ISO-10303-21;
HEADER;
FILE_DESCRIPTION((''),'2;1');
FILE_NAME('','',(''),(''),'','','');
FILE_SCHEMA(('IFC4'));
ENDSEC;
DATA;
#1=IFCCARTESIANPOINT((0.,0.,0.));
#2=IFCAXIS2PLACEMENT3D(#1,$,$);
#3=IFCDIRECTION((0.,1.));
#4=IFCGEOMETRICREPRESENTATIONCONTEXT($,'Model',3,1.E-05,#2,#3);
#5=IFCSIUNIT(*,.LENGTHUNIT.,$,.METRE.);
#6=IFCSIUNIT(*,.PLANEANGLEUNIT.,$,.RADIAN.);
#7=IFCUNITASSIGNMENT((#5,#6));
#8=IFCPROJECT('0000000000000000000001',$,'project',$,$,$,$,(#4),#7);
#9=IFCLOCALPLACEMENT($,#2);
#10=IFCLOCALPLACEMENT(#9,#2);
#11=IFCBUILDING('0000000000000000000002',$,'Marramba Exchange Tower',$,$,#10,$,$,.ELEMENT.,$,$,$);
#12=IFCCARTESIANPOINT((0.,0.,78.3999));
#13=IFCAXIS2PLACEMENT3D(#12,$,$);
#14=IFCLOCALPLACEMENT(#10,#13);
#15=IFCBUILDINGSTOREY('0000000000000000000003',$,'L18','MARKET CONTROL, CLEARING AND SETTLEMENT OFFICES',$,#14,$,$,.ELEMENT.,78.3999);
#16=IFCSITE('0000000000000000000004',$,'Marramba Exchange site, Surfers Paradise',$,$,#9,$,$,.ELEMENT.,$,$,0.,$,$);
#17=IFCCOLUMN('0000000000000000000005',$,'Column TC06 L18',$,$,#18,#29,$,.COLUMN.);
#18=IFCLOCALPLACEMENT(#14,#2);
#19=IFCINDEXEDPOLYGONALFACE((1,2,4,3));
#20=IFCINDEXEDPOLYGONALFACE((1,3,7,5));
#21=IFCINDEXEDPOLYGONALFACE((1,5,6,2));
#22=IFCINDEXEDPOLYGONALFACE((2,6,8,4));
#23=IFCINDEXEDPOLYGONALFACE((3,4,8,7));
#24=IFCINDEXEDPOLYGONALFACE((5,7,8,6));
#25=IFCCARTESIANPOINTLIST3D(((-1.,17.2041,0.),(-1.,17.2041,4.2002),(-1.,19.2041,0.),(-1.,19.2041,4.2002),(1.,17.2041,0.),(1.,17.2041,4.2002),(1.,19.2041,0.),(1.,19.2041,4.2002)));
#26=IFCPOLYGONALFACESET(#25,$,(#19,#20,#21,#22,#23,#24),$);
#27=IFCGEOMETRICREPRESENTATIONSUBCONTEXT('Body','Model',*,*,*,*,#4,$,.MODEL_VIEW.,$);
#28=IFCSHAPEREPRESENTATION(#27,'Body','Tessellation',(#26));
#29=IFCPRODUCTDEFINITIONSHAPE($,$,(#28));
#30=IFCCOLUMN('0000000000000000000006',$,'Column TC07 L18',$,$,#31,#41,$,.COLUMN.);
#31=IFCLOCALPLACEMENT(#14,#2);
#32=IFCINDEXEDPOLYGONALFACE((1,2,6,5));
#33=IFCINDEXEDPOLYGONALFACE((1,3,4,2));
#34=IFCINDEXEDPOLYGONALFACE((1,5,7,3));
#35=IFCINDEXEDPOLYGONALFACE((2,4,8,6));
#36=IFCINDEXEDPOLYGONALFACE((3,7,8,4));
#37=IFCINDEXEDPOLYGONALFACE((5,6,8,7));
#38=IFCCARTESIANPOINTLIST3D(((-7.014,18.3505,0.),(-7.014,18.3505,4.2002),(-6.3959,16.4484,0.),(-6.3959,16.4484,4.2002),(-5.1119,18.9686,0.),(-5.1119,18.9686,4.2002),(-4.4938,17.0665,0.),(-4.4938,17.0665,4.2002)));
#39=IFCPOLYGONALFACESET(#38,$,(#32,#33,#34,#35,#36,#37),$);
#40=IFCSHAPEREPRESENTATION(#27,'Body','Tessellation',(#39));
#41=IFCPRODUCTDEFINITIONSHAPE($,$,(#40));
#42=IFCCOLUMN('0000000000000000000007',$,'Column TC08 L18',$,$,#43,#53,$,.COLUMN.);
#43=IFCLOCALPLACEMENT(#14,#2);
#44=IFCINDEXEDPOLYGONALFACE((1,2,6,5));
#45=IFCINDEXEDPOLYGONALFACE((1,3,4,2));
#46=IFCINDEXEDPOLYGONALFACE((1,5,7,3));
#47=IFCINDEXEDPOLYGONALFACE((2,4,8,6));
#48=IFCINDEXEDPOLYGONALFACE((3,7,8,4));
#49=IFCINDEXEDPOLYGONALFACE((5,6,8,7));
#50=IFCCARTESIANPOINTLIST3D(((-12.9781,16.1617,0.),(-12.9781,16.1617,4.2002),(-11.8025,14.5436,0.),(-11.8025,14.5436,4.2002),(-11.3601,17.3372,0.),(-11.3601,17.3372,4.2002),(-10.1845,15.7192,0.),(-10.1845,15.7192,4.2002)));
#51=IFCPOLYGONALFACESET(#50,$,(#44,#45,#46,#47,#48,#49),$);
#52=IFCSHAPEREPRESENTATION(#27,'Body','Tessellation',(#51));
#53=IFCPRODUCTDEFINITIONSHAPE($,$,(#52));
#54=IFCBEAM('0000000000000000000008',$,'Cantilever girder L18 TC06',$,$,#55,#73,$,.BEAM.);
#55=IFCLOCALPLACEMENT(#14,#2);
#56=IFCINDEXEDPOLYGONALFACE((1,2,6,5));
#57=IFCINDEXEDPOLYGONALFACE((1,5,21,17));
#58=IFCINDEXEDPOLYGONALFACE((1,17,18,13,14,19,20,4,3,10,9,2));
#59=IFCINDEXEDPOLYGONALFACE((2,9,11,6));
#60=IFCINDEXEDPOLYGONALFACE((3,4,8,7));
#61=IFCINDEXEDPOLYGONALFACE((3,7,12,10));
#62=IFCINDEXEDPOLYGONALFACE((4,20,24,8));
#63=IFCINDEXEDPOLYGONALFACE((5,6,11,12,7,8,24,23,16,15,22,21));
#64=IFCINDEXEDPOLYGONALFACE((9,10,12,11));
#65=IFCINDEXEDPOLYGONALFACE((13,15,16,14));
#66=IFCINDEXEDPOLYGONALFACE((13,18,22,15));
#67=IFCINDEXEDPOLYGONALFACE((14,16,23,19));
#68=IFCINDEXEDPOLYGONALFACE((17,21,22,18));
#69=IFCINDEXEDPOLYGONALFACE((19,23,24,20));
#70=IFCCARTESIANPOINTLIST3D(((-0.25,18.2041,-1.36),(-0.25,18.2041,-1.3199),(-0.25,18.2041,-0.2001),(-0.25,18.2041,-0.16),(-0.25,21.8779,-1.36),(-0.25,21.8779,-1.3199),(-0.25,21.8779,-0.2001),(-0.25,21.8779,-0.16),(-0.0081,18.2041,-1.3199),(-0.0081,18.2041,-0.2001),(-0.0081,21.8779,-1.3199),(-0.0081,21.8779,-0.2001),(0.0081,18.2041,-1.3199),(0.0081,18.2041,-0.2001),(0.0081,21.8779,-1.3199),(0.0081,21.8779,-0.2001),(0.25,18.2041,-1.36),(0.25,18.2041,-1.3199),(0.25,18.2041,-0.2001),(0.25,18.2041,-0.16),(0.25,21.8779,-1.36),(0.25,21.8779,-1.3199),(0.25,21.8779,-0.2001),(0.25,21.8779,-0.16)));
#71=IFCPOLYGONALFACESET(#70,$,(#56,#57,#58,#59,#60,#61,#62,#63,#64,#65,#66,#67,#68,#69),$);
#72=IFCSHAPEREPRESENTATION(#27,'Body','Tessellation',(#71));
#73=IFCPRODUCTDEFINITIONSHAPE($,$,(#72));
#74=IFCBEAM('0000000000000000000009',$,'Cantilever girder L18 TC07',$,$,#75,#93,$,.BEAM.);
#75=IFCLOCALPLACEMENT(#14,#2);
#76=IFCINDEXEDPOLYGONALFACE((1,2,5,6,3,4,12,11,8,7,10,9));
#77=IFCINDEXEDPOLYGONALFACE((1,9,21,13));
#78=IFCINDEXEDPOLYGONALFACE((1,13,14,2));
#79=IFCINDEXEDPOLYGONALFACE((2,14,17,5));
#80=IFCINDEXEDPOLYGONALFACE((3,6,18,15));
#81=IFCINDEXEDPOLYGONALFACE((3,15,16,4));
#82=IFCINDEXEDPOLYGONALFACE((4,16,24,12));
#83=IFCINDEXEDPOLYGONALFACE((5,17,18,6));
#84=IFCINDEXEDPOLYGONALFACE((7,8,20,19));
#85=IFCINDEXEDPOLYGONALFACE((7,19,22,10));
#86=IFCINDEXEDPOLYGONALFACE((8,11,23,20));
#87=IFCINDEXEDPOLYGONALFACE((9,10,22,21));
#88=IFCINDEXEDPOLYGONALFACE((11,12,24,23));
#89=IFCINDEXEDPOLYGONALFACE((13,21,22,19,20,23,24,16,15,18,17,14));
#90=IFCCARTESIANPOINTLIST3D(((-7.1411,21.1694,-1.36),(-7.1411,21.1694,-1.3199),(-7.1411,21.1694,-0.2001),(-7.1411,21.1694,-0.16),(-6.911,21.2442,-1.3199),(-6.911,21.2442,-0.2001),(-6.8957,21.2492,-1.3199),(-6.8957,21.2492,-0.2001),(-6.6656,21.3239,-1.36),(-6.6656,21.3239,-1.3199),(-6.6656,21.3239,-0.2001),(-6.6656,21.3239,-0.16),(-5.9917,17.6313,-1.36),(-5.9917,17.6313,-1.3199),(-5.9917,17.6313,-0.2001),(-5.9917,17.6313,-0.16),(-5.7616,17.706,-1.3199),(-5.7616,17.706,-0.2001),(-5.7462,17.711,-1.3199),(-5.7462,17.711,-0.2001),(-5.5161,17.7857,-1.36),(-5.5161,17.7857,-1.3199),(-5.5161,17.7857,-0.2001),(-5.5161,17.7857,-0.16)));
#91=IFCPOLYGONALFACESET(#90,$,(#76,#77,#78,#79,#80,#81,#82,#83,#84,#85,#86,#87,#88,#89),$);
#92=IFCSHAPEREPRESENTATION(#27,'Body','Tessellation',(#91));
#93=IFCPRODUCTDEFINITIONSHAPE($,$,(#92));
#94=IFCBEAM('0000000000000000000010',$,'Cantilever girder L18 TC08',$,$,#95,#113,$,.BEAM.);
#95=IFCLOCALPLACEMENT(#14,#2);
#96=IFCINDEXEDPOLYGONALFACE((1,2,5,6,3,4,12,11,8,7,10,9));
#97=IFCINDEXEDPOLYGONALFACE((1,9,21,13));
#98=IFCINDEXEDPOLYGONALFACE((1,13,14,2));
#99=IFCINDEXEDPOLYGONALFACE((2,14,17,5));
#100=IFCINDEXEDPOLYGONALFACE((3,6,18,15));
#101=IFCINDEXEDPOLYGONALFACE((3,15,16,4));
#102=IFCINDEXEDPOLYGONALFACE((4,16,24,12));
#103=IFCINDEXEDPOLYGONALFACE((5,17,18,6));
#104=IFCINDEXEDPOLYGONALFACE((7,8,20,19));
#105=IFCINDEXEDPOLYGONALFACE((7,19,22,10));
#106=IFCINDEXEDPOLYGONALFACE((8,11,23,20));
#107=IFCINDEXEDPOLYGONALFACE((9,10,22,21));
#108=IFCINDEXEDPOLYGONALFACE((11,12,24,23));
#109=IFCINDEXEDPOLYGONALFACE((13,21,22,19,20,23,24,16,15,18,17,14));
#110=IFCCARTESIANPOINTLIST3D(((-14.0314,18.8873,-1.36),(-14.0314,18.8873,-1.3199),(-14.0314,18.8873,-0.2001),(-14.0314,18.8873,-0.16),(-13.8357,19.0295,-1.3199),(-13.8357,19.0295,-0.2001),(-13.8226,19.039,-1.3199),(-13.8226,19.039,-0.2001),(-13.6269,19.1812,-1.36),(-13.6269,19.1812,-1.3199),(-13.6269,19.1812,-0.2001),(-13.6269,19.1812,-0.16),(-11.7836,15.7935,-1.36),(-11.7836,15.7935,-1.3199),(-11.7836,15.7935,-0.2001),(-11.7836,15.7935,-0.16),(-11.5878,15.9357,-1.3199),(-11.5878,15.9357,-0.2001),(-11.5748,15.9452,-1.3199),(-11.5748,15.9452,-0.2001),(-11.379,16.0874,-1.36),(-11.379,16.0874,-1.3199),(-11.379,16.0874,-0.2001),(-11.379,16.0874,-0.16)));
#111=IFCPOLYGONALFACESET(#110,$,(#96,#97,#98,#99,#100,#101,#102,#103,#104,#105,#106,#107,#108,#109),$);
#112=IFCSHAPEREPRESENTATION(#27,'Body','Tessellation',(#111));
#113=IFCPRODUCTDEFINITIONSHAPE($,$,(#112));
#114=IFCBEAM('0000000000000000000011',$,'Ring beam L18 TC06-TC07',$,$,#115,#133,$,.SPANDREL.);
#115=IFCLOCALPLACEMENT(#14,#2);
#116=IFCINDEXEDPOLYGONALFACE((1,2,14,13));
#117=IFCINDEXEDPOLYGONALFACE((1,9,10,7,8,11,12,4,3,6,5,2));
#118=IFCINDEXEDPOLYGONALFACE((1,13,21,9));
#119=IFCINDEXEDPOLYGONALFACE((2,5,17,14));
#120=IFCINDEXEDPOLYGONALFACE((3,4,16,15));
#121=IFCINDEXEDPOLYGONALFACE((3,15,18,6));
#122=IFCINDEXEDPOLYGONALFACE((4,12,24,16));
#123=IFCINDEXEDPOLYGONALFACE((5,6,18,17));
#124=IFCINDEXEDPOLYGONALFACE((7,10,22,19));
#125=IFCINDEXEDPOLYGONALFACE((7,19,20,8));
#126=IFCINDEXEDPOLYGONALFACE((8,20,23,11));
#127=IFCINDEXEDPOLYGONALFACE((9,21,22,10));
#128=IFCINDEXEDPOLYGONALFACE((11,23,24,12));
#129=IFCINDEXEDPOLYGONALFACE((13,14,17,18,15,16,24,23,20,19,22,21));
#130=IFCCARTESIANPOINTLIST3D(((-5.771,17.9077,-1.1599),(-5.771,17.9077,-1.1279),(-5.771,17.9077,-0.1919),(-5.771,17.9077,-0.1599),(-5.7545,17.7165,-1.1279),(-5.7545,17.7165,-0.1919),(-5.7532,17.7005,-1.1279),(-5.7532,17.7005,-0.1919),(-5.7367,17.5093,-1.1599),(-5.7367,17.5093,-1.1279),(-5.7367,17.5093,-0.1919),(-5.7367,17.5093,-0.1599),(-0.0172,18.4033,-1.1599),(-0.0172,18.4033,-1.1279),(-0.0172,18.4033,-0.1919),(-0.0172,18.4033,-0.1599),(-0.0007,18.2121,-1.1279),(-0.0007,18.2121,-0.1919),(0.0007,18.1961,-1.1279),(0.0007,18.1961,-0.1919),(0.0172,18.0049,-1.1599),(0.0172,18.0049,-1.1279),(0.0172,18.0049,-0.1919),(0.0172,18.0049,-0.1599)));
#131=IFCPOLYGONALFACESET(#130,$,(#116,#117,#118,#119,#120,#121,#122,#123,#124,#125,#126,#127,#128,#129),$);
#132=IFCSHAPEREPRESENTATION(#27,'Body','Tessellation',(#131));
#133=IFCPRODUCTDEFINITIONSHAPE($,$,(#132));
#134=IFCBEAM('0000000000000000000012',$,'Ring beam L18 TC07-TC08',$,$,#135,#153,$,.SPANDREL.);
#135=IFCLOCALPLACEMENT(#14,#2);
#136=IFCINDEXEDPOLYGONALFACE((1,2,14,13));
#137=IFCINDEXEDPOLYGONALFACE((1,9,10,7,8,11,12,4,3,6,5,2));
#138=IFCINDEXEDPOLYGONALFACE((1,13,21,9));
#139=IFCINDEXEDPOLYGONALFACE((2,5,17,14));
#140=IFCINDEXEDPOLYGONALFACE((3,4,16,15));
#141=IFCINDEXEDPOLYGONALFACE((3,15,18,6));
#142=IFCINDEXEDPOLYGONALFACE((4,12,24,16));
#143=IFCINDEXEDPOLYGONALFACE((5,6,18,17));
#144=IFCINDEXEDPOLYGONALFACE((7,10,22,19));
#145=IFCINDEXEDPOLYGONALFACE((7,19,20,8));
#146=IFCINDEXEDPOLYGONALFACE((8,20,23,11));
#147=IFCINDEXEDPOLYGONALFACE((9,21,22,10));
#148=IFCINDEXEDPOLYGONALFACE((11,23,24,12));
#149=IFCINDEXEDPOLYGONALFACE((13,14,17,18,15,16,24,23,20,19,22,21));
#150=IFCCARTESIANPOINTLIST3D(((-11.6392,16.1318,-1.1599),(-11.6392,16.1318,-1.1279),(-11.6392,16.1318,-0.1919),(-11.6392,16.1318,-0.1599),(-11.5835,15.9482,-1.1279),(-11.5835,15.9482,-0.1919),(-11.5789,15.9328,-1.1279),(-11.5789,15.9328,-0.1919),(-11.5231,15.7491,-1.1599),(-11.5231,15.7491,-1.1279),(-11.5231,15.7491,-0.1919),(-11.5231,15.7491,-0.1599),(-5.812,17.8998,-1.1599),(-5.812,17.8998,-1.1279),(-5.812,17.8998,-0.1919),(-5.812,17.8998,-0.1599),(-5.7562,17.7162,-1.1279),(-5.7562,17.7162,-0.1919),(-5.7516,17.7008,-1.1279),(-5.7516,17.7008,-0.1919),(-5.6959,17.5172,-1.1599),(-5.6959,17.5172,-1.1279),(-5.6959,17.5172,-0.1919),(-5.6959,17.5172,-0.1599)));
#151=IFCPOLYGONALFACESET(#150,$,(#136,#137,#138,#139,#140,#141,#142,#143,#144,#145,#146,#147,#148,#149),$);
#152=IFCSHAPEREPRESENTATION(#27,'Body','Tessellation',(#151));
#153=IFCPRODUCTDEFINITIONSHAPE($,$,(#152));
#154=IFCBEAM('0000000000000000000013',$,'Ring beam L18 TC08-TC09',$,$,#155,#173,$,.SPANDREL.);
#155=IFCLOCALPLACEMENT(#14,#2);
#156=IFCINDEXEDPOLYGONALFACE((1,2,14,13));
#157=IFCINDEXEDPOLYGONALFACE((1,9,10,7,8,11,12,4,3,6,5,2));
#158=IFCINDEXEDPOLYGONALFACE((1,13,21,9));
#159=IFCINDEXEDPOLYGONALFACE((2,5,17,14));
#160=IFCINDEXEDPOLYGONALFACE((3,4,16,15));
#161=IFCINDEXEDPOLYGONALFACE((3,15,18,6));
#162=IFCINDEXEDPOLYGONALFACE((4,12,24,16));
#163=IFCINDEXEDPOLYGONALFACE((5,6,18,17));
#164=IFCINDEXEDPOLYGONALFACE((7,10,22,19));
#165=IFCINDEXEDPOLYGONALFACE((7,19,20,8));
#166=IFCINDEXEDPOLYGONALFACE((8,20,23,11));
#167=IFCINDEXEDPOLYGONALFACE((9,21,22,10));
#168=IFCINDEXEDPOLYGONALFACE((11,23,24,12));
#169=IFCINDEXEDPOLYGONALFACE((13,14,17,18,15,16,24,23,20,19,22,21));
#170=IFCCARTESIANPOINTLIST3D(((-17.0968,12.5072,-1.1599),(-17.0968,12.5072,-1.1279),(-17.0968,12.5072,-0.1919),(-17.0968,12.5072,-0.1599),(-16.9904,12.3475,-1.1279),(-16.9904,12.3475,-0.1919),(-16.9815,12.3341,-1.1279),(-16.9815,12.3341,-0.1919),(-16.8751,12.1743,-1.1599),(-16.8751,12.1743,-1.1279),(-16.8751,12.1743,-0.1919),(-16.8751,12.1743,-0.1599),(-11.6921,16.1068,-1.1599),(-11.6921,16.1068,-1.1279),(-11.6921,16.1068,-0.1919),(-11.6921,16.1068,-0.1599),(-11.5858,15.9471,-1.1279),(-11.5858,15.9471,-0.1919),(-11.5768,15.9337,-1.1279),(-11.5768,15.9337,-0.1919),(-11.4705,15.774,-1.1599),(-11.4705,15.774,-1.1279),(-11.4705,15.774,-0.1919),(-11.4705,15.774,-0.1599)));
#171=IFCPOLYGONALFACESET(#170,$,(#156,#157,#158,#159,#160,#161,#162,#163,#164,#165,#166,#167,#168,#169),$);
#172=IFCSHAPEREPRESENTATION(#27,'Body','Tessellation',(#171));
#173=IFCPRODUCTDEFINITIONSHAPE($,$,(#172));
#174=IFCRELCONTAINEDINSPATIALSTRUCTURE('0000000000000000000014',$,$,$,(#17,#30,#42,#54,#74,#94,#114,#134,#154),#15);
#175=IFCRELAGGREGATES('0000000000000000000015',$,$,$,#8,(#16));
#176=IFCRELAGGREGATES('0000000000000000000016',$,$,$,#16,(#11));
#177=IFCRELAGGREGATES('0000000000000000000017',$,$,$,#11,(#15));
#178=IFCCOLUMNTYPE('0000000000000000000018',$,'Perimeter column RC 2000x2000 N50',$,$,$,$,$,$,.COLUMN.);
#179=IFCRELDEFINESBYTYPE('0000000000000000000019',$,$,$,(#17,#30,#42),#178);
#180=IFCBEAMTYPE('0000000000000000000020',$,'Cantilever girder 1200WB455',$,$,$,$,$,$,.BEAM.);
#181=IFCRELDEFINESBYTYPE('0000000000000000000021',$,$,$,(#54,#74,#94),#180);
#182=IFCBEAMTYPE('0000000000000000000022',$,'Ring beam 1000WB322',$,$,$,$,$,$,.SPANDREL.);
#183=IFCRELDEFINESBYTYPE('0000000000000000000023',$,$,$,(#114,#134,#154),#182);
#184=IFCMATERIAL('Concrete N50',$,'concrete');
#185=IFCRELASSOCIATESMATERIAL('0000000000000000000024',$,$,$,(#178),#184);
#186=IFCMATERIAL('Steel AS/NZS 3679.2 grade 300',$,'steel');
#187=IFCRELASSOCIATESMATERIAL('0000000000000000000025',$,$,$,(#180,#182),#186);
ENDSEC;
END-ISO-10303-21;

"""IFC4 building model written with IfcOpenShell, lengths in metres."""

from ifc_helpers import new_model, si_unit, direction, frame, origin, origin_2d, place, context, subcontext, project, spatial, rectangle, i_section, extrude, material, material_profile, profile_set, type_object, element, save


model = new_model("IFC4")

# Units and contexts
model_context = context("Model", 3, precision=1e-05, world=origin(), true_north=direction((0.0, 1.0)))
body_context = subcontext(model_context, "Body", "Model", "MODEL_VIEW")
ifc_project = project(units=[si_unit("LENGTHUNIT", "METRE"), si_unit("PLANEANGLEUNIT", "RADIAN")], contexts=[model_context])

# Site, building, storey
site_placement = place(None, origin())
site = spatial("IfcSite", under=ifc_project, at=site_placement, Name="Marramba Exchange site, Surfers Paradise", CompositionType="ELEMENT", RefElevation=0.0)
building_placement = place(site_placement, origin())
building = spatial("IfcBuilding", under=site, at=building_placement, Name="Marramba Exchange Tower", CompositionType="ELEMENT")
storey_placement = place(building_placement, frame((0.0, 0.0, 78.3999)))
storey = spatial("IfcBuildingStorey", under=building, at=storey_placement, Name="L18", Description="MARKET CONTROL, CLEARING AND SETTLEMENT OFFICES", CompositionType="ELEMENT", Elevation=78.3999)

# Columns
ifc_material_1 = material(Name="Concrete N50", Category="concrete")
ifc_material_profile_1 = material_profile(ifc_material_1, rectangle(XDim=2.0, YDim=2.0, at=origin_2d()), Name="RC 2000x2000")
ifc_profile_set_1 = profile_set([ifc_material_profile_1], Name="Concrete N50")
column_type = type_object("IfcColumnType", Name="Perimeter column RC 2000x2000 N50", PredefinedType="COLUMN", material=ifc_profile_set_1)
for number, where, z_axis, x_axis, name in (
    (1, (0.0, 18.2041, 0.0), (0.0, 0.0, 1.0), (0.0, 1.0, 0.0), "Column TC06 L18"),
    (2, (-5.7539, 17.7085, 0.0), (0.0, 0.0, 1.0), (-0.309017, 0.951057, 0.0), "Column TC07 L18"),
    (3, (-11.5813, 15.9404, 0.0), (0.0, 0.0, 1.0), (-0.587785, 0.809017, 0.0), "Column TC08 L18"),
):
    element("IfcColumn", number, at=place(storey_placement, frame(where, z_axis=z_axis, x_axis=x_axis)), inside=storey, type_object=column_type, Name=name, PredefinedType="COLUMN", context=body_context, shape_type="SweptSolid", body=[
        extrude(rectangle(XDim=2.0, YDim=2.0, at=origin_2d()), origin(), (0.0, 0.0, 1.0), 4.2002),
    ])

# Beams
ifc_material_2 = material(Name="Steel AS/NZS 3679.2 grade 300", Category="steel")
ifc_material_profile_2 = material_profile(ifc_material_2, i_section(OverallWidth=0.5, OverallDepth=1.2, WebThickness=0.0161, FlangeThickness=0.04, at=origin_2d()), Name="1200WB455")
ifc_profile_set_2 = profile_set([ifc_material_profile_2], Name="Steel AS/NZS 3679.2 grade 300")
beam_type_1 = type_object("IfcBeamType", Name="Cantilever girder 1200WB455", PredefinedType="BEAM", material=ifc_profile_set_2)
beam_1_placement = place(storey_placement, frame((0.0, 18.2041, -0.76), z_axis=(0.0, 1.0, 0.0), x_axis=(-1.0, 0.0, 0.0)))
element("IfcBeam", 4, at=beam_1_placement, inside=storey, type_object=beam_type_1, Name="Cantilever girder L18 TC06", PredefinedType="BEAM", context=body_context, shape_type="SweptSolid", body=[
    extrude(i_section(OverallWidth=0.5, OverallDepth=1.2, WebThickness=0.0161, FlangeThickness=0.04, at=origin_2d()), origin(), (0.0, 0.0, 1.0), 3.6738),
])
beam_2_placement = place(storey_placement, frame((-5.7539, 17.7085, -0.76), z_axis=(-0.308973, 0.951071, 0.0), x_axis=(-0.951071, -0.308973, 0.0)))
element("IfcBeam", 5, at=beam_2_placement, inside=storey, type_object=beam_type_1, Name="Cantilever girder L18 TC07", PredefinedType="BEAM", context=body_context, shape_type="SweptSolid", body=[
    extrude(i_section(OverallWidth=0.5, OverallDepth=1.2, WebThickness=0.0161, FlangeThickness=0.04, at=origin_2d()), origin(), (0.0, 0.0, 1.0), 3.7202),
])
beam_3_placement = place(storey_placement, frame((-11.5813, 15.9404, -0.76), z_axis=(-0.587796, 0.809009, 0.0), x_axis=(-0.809009, -0.587796, 0.0)))
element("IfcBeam", 6, at=beam_3_placement, inside=storey, type_object=beam_type_1, Name="Cantilever girder L18 TC08", PredefinedType="BEAM", context=body_context, shape_type="SweptSolid", body=[
    extrude(i_section(OverallWidth=0.5, OverallDepth=1.2, WebThickness=0.0161, FlangeThickness=0.04, at=origin_2d()), origin(), (0.0, 0.0, 1.0), 3.8242),
])
ifc_material_profile_3 = material_profile(ifc_material_2, i_section(OverallWidth=0.3999, OverallDepth=1.0, WebThickness=0.0161, FlangeThickness=0.032, at=origin_2d()), Name="1000WB322")
ifc_profile_set_3 = profile_set([ifc_material_profile_3], Name="Steel AS/NZS 3679.2 grade 300")
beam_type_2 = type_object("IfcBeamType", Name="Ring beam 1000WB322", PredefinedType="SPANDREL", material=ifc_profile_set_3)
beam_4_placement = place(storey_placement, frame((0.0, 18.2041, -0.6599), z_axis=(-0.996311, -0.085816, 0.0), x_axis=(0.085816, -0.996311, 0.0)))
element("IfcBeam", 7, at=beam_4_placement, inside=storey, type_object=beam_type_2, Name="Ring beam L18 TC06-TC07", PredefinedType="SPANDREL", context=body_context, shape_type="SweptSolid", body=[
    extrude(i_section(OverallWidth=0.3999, OverallDepth=1.0, WebThickness=0.0161, FlangeThickness=0.032, at=origin_2d()), origin(), (0.0, 0.0, 1.0), 5.7751),
])
beam_5_placement = place(storey_placement, frame((-5.7539, 17.7085, -0.6599), z_axis=(-0.956925, -0.290337, 0.0), x_axis=(0.290337, -0.956925, 0.0)))
element("IfcBeam", 8, at=beam_5_placement, inside=storey, type_object=beam_type_2, Name="Ring beam L18 TC07-TC08", PredefinedType="SPANDREL", context=body_context, shape_type="SweptSolid", body=[
    extrude(i_section(OverallWidth=0.3999, OverallDepth=1.0, WebThickness=0.0161, FlangeThickness=0.032, at=origin_2d()), origin(), (0.0, 0.0, 1.0), 6.0896),
])
beam_6_placement = place(storey_placement, frame((-11.5813, 15.9404, -0.6599), z_axis=(-0.832293, -0.554336, 0.0), x_axis=(0.554336, -0.832293, 0.0)))
element("IfcBeam", 9, at=beam_6_placement, inside=storey, type_object=beam_type_2, Name="Ring beam L18 TC08-TC09", PredefinedType="SPANDREL", context=body_context, shape_type="SweptSolid", body=[
    extrude(i_section(OverallWidth=0.3999, OverallDepth=1.0, WebThickness=0.0161, FlangeThickness=0.032, at=origin_2d()), origin(), (0.0, 0.0, 1.0), 6.4937),
])

save(model, "model.ifc")
